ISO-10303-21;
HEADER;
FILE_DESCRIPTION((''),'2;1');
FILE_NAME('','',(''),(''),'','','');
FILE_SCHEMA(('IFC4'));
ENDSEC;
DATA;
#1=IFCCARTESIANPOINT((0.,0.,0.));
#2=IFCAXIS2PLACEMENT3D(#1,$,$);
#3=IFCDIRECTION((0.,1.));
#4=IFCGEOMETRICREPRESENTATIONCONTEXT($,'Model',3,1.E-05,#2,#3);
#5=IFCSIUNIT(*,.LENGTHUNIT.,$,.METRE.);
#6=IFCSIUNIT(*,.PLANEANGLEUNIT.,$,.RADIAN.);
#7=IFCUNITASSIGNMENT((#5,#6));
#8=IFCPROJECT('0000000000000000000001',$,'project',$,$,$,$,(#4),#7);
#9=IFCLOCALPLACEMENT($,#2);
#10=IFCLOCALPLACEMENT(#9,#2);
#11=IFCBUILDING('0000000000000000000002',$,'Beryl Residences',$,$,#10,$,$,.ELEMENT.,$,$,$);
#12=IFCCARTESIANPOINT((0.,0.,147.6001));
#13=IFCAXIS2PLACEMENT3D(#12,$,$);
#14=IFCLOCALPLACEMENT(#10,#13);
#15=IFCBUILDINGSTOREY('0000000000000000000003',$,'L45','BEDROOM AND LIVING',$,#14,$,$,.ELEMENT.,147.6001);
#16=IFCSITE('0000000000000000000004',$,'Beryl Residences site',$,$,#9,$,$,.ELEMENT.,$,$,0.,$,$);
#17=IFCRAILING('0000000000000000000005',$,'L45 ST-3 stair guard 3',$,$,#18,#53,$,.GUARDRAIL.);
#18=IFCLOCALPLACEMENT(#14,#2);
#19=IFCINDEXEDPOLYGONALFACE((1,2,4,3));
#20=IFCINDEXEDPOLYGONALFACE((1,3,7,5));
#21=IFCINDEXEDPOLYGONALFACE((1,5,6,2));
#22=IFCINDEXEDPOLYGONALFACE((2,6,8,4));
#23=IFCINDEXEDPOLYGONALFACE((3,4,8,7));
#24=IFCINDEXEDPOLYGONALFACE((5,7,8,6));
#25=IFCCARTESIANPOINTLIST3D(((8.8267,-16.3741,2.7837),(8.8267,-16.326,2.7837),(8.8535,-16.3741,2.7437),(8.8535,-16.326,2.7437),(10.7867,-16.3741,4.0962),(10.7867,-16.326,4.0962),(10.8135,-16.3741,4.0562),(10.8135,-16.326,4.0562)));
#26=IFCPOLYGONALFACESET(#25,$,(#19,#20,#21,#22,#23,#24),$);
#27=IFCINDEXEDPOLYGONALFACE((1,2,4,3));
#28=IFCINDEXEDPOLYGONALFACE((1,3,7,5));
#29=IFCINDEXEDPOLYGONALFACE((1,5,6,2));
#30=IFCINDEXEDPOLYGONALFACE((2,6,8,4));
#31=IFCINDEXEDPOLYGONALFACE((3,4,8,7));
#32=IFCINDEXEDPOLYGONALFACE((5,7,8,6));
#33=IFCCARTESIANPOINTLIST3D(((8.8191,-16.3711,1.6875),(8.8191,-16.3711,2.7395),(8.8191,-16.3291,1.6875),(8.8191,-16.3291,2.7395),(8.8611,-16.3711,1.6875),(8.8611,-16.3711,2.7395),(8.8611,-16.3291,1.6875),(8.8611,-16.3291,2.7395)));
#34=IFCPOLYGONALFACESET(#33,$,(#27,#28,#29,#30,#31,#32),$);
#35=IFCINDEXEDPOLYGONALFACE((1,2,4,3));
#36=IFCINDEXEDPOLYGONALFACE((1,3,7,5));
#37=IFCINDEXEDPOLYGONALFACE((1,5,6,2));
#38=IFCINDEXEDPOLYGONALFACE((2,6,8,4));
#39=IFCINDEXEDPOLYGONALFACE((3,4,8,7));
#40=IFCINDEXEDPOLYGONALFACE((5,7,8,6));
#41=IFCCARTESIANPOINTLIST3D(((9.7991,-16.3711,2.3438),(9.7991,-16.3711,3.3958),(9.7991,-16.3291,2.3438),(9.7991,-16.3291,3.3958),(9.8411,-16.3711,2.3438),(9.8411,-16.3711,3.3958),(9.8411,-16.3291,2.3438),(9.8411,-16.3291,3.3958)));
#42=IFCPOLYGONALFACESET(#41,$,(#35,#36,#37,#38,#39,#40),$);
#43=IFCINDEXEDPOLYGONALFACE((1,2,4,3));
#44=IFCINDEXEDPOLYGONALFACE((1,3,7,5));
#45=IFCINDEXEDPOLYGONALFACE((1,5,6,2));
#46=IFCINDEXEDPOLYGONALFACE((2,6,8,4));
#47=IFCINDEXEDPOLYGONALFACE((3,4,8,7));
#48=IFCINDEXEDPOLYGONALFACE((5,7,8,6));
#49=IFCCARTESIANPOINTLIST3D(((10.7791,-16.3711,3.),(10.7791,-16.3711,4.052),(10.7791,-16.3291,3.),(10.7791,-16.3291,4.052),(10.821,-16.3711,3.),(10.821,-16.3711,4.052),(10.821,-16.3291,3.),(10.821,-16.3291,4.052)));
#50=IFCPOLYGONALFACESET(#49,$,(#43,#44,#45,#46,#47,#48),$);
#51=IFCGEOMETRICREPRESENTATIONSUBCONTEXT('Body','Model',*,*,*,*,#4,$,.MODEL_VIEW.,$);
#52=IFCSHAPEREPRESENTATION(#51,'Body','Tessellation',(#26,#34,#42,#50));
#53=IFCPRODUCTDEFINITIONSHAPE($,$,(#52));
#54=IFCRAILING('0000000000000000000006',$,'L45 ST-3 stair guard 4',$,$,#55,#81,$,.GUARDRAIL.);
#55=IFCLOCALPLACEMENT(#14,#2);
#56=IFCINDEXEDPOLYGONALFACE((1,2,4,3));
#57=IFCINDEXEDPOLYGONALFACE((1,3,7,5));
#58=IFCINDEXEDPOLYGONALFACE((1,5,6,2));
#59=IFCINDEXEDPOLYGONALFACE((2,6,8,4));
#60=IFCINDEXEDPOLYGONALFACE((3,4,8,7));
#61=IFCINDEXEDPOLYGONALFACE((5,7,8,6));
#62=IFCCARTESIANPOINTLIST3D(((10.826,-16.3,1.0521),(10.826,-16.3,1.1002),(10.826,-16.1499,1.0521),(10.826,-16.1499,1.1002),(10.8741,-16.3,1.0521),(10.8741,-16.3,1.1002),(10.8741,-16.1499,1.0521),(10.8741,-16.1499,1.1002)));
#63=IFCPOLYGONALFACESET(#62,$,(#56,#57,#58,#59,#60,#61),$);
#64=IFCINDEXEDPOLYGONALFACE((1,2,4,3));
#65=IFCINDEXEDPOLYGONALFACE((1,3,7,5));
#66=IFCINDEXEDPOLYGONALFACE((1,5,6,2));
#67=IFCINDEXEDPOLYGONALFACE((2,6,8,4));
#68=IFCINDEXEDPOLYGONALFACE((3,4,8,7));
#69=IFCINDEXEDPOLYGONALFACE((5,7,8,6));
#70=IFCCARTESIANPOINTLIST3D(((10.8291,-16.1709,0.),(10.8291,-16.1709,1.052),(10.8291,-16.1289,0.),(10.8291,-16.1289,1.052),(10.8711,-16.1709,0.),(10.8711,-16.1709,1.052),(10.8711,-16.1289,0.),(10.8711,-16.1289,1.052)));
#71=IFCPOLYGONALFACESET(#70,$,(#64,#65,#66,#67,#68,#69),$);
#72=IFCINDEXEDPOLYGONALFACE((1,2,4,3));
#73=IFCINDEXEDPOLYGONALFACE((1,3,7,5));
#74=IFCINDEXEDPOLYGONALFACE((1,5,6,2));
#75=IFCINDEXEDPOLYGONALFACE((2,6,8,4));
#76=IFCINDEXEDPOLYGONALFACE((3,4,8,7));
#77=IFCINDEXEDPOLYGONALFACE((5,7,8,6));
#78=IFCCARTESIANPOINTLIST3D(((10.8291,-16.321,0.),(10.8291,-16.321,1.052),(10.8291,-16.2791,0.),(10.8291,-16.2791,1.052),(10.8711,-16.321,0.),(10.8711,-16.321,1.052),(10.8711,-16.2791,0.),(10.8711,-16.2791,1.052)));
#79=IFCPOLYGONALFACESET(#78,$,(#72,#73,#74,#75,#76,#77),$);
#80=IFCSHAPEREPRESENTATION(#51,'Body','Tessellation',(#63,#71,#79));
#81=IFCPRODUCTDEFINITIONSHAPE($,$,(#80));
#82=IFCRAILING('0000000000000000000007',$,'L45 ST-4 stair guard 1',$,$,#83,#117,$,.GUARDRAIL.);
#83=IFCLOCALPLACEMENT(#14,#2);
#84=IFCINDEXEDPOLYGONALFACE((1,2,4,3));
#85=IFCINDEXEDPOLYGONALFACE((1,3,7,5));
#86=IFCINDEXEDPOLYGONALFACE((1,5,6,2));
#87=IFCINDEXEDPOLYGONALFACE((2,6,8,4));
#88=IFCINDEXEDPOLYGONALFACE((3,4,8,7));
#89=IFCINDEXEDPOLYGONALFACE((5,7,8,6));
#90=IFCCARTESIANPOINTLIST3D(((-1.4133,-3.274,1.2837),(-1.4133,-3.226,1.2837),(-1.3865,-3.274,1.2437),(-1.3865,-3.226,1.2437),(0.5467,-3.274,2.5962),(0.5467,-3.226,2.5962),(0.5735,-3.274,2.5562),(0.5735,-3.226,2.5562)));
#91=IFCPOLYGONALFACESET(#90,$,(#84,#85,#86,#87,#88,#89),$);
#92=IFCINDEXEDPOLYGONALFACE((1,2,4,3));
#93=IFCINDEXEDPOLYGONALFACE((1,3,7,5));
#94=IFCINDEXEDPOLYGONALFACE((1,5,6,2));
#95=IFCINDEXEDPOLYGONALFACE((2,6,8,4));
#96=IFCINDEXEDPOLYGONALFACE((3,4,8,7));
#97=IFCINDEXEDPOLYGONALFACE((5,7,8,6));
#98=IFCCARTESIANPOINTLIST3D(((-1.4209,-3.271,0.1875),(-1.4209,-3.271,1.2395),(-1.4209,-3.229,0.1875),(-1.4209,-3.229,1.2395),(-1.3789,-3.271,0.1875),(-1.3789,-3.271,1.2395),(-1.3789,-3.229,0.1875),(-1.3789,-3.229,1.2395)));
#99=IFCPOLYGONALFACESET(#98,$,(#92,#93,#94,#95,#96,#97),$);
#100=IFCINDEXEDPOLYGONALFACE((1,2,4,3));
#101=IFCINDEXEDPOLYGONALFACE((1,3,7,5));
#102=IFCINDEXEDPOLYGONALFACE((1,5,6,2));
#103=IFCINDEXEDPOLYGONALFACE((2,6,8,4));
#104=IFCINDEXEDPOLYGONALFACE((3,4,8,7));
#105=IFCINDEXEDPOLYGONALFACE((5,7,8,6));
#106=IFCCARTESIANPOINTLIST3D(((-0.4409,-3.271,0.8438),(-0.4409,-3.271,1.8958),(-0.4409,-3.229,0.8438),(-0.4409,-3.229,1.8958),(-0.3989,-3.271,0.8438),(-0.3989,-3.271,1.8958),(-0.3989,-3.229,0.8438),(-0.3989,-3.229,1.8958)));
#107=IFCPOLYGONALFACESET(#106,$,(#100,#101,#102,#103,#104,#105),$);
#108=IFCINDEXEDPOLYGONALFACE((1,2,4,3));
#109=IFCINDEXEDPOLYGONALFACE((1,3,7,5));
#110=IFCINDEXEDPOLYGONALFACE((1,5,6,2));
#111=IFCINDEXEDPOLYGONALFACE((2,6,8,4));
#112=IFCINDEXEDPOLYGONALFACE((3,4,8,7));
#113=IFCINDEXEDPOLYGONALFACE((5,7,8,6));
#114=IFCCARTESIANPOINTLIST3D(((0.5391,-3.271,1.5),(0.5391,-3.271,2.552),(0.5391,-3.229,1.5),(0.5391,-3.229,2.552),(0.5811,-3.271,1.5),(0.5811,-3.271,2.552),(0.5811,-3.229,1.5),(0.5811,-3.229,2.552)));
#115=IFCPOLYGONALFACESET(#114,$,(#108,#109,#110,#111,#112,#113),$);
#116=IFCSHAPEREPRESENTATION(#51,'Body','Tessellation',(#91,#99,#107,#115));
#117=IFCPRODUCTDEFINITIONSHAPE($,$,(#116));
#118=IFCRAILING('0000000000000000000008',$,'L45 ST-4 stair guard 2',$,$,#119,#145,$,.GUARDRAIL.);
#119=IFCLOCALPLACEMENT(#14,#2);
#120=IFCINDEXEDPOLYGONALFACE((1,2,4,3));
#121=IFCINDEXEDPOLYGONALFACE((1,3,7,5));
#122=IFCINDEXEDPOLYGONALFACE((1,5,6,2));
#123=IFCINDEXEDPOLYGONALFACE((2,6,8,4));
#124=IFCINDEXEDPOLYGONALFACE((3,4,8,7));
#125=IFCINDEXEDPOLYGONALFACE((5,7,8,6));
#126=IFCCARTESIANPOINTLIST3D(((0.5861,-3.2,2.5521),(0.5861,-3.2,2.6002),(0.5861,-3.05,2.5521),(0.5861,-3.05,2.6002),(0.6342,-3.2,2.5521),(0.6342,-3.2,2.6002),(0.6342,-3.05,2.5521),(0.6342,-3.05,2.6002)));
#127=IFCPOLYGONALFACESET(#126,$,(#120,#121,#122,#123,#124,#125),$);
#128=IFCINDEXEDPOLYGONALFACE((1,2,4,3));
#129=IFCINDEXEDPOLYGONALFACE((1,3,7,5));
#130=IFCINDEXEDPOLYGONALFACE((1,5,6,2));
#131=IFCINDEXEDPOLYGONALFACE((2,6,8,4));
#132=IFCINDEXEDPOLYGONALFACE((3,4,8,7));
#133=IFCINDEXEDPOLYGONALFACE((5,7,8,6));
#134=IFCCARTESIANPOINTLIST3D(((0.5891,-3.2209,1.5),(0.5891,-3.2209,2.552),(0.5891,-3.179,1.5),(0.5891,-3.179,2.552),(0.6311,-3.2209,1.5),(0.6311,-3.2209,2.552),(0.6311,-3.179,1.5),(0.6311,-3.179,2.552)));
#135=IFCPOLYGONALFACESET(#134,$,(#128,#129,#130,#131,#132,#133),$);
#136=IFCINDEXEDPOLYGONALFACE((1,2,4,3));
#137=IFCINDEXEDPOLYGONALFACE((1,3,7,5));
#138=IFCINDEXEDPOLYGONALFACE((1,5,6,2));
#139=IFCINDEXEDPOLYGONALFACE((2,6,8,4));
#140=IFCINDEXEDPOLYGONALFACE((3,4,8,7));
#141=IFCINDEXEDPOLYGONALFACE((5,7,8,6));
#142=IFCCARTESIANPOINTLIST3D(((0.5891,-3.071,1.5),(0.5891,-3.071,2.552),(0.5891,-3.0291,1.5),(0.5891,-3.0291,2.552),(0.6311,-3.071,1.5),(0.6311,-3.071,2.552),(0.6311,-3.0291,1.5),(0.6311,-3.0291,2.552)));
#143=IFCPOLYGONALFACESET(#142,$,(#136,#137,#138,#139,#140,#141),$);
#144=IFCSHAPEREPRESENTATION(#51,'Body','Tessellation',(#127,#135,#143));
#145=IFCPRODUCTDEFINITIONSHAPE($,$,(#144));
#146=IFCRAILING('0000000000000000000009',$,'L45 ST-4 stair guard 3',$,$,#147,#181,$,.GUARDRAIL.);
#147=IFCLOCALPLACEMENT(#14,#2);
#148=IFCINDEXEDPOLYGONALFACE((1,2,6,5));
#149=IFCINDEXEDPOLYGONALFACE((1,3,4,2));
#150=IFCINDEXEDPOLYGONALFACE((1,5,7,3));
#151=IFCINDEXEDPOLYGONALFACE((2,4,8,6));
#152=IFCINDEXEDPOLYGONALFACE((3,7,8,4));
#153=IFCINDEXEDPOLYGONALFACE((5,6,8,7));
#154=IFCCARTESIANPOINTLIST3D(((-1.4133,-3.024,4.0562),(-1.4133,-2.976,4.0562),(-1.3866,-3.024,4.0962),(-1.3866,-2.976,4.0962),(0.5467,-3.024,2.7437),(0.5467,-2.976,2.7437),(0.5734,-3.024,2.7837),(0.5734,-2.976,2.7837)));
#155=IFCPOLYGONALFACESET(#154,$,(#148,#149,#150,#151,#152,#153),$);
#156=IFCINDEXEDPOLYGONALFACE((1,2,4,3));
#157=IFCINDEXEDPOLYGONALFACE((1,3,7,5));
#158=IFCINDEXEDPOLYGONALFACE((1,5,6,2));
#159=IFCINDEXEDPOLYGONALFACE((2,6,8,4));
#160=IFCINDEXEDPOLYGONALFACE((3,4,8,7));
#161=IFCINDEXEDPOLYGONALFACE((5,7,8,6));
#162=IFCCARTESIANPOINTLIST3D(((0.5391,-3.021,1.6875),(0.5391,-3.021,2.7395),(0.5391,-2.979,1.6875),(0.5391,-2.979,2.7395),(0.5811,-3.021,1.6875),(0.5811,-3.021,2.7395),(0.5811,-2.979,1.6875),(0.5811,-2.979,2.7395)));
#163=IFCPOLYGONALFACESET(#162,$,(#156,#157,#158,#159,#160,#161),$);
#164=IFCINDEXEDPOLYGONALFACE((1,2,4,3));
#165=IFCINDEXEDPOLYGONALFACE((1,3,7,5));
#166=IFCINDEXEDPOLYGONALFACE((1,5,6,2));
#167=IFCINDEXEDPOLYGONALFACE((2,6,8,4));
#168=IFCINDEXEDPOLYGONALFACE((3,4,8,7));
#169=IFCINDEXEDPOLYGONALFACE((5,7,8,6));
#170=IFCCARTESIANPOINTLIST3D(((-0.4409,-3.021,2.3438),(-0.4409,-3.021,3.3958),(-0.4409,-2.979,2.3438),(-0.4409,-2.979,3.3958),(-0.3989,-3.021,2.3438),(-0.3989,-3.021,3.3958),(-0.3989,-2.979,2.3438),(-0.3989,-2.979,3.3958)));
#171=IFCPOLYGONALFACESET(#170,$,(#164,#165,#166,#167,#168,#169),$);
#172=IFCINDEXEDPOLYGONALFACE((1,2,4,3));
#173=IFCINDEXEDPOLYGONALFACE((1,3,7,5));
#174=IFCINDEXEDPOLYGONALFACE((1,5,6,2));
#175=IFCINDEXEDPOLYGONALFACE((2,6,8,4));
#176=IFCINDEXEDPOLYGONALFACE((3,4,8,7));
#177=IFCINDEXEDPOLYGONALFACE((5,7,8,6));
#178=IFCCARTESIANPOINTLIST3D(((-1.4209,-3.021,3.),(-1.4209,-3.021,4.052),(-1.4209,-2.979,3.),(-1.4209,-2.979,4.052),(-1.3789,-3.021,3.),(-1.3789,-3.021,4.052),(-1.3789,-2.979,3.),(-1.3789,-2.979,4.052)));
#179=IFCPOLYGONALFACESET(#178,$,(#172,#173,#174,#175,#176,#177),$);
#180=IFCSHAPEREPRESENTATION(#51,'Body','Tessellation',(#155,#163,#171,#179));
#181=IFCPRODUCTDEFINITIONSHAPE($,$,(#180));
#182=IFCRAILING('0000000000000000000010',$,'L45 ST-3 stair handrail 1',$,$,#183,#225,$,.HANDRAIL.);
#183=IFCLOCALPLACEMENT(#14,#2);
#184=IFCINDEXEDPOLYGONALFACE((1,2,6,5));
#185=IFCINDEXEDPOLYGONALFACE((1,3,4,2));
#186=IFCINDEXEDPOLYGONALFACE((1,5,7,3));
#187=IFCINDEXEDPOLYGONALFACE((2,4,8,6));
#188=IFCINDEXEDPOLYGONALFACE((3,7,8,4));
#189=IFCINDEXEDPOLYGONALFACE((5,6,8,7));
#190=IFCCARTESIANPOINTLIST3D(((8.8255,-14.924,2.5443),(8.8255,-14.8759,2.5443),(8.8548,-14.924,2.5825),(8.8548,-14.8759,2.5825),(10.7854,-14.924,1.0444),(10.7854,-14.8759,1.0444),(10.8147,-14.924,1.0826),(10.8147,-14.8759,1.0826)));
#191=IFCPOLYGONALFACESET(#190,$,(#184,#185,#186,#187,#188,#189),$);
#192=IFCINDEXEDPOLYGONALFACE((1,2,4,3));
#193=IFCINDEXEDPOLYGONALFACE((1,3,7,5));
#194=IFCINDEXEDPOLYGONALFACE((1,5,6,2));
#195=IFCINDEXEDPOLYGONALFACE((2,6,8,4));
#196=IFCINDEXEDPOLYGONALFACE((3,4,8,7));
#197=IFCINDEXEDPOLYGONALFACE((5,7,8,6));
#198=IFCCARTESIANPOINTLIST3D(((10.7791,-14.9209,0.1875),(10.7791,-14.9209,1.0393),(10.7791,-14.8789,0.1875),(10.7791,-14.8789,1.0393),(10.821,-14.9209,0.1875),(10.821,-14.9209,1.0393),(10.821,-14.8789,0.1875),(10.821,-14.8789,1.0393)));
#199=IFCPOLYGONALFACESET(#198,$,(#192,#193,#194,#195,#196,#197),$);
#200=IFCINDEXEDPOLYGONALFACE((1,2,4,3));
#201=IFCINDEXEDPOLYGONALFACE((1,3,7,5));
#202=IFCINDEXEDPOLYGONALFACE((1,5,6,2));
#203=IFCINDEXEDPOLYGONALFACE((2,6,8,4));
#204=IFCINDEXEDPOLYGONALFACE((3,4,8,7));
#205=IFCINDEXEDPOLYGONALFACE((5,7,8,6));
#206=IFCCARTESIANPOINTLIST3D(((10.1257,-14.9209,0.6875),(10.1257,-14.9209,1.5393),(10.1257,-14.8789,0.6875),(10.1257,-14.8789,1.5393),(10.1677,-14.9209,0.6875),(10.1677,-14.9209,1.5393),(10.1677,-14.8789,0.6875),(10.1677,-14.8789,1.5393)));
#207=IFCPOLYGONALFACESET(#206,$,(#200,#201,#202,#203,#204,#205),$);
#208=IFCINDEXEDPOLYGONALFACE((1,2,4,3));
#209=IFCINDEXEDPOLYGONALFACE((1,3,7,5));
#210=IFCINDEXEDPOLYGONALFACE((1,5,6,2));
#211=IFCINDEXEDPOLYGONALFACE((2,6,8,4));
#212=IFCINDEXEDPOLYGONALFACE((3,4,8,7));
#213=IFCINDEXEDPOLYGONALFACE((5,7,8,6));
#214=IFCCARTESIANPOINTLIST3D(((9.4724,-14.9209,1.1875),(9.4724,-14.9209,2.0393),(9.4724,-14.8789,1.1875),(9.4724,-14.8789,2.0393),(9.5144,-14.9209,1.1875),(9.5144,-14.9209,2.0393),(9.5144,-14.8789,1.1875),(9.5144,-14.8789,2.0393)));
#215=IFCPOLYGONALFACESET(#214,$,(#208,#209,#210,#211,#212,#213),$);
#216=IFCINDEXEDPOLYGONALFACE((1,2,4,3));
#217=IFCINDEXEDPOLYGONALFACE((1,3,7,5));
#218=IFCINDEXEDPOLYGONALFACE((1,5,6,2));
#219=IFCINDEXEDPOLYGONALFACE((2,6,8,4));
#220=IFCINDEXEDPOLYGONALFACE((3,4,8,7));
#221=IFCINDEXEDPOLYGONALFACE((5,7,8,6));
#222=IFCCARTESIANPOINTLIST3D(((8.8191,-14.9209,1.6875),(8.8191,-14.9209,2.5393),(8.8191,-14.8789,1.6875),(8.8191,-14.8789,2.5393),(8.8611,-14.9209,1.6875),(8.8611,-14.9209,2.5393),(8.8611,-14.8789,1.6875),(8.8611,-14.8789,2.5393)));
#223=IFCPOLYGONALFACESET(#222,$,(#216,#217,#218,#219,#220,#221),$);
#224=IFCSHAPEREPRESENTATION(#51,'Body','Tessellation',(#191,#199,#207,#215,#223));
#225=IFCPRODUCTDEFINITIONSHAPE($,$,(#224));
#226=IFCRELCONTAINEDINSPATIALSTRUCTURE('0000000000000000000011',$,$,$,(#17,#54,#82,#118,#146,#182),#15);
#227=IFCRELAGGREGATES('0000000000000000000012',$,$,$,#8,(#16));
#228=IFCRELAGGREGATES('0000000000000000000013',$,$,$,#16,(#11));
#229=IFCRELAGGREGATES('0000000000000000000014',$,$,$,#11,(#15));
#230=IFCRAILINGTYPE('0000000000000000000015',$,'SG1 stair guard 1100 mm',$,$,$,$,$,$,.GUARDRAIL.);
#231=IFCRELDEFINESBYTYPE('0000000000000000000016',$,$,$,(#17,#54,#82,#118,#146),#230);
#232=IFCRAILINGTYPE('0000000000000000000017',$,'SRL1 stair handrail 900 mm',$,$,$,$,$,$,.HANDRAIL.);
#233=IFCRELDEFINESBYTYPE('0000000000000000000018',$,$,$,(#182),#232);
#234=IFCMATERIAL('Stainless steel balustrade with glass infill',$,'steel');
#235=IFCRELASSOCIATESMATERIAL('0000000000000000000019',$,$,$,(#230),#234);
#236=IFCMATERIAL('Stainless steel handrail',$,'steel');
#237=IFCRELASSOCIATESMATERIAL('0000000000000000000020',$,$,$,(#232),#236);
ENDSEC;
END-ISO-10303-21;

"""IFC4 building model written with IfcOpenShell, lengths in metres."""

from ifc_helpers import new_model, si_unit, direction, frame, origin, origin_2d, place, context, subcontext, project, spatial, rectangle, extrude, material, type_object, element, save


model = new_model("IFC4")

# Units and contexts
model_context = context("Model", 3, precision=1e-05, world=origin(), true_north=direction((0.0, 1.0)))
body_context = subcontext(model_context, "Body", "Model", "MODEL_VIEW")
ifc_project = project(units=[si_unit("LENGTHUNIT", "METRE"), si_unit("PLANEANGLEUNIT", "RADIAN")], contexts=[model_context])

# Site, building, storey
site_placement = place(None, origin())
site = spatial("IfcSite", under=ifc_project, at=site_placement, Name="Beryl Residences site", CompositionType="ELEMENT", RefElevation=0.0)
building_placement = place(site_placement, origin())
building = spatial("IfcBuilding", under=site, at=building_placement, Name="Beryl Residences", CompositionType="ELEMENT")
storey_placement = place(building_placement, frame((0.0, 0.0, 147.6001)))
storey = spatial("IfcBuildingStorey", under=building, at=storey_placement, Name="L45", Description="BEDROOM AND LIVING", CompositionType="ELEMENT", Elevation=147.6001)

# Railings
ifc_material_1 = material(Name="Stainless steel balustrade with glass infill", Category="steel")
railing_type_1 = type_object("IfcRailingType", Name="SG1 stair guard 1100 mm", PredefinedType="GUARDRAIL", material=ifc_material_1)
railing_1_placement = place(storey_placement, frame((8.8401, -16.3501, 1.6875)))
element("IfcRailing", 1, at=railing_1_placement, inside=storey, type_object=railing_type_1, Name="L45 ST-3 stair guard 3", PredefinedType="GUARDRAIL", context=body_context, shape_type="SweptSolid", body=[
    extrude(rectangle(XDim=0.0481, YDim=0.0481, at=origin_2d()), frame((0.0, 0.0, 1.0762), z_axis=(0.830902, 0.0, 0.556419), x_axis=(0.0, 1.0, 0.0)), (0.0, 0.0, 1.0), 2.3589),
    extrude(rectangle(XDim=0.042, YDim=0.042, at=origin_2d()), origin(), (0.0, 0.0, 1.0), 1.052),
    extrude(rectangle(XDim=0.042, YDim=0.042, at=origin_2d()), frame((0.98, 0.0, 0.6562)), (0.0, 0.0, 1.0), 1.052),
    extrude(rectangle(XDim=0.042, YDim=0.042, at=origin_2d()), frame((1.96, 0.0, 1.3125)), (0.0, 0.0, 1.0), 1.052),
])
railing_2_placement = place(storey_placement, frame((10.8501, -16.1499, 0.0)))
element("IfcRailing", 2, at=railing_2_placement, inside=storey, type_object=railing_type_1, Name="L45 ST-3 stair guard 4", PredefinedType="GUARDRAIL", context=body_context, shape_type="SweptSolid", body=[
    extrude(rectangle(XDim=0.0481, YDim=0.0481, at=origin_2d()), frame((0.0, 0.0, 1.0762), z_axis=(0.0, -1.0, 0.0), x_axis=(1.0, 0.0, 0.0)), (0.0, 0.0, 1.0), 0.1501),
    extrude(rectangle(XDim=0.042, YDim=0.042, at=origin_2d()), origin(), (0.0, 0.0, 1.0), 1.052),
    extrude(rectangle(XDim=0.042, YDim=0.042, at=origin_2d()), frame((0.0, -0.1501, 0.0)), (0.0, 0.0, 1.0), 1.052),
])
railing_3_placement = place(storey_placement, frame((-1.3999, -3.25, 0.1875)))
element("IfcRailing", 3, at=railing_3_placement, inside=storey, type_object=railing_type_1, Name="L45 ST-4 stair guard 1", PredefinedType="GUARDRAIL", context=body_context, shape_type="SweptSolid", body=[
    extrude(rectangle(XDim=0.0481, YDim=0.0481, at=origin_2d()), frame((0.0, 0.0, 1.0762), z_axis=(0.830902, 0.0, 0.556419), x_axis=(0.0, 1.0, 0.0)), (0.0, 0.0, 1.0), 2.3589),
    extrude(rectangle(XDim=0.042, YDim=0.042, at=origin_2d()), origin(), (0.0, 0.0, 1.0), 1.052),
    extrude(rectangle(XDim=0.042, YDim=0.042, at=origin_2d()), frame((0.98, 0.0, 0.6562)), (0.0, 0.0, 1.0), 1.052),
    extrude(rectangle(XDim=0.042, YDim=0.042, at=origin_2d()), frame((1.96, 0.0, 1.3125)), (0.0, 0.0, 1.0), 1.052),
])
railing_4_placement = place(storey_placement, frame((0.6101, -3.2, 1.5)))
element("IfcRailing", 4, at=railing_4_placement, inside=storey, type_object=railing_type_1, Name="L45 ST-4 stair guard 2", PredefinedType="GUARDRAIL", context=body_context, shape_type="SweptSolid", body=[
    extrude(rectangle(XDim=0.0481, YDim=0.0481, at=origin_2d()), frame((0.0, 0.0, 1.0762), z_axis=(0.0, 1.0, 0.0), x_axis=(-1.0, 0.0, 0.0)), (0.0, 0.0, 1.0), 0.1499),
    extrude(rectangle(XDim=0.042, YDim=0.042, at=origin_2d()), origin(), (0.0, 0.0, 1.0), 1.052),
    extrude(rectangle(XDim=0.042, YDim=0.042, at=origin_2d()), frame((0.0, 0.1499, 0.0)), (0.0, 0.0, 1.0), 1.052),
])
railing_5_placement = place(storey_placement, frame((0.5601, -3.0, 1.6875)))
element("IfcRailing", 5, at=railing_5_placement, inside=storey, type_object=railing_type_1, Name="L45 ST-4 stair guard 3", PredefinedType="GUARDRAIL", context=body_context, shape_type="SweptSolid", body=[
    extrude(rectangle(XDim=0.0481, YDim=0.0481, at=origin_2d()), frame((0.0, 0.0, 1.0762), z_axis=(-0.830902, 0.0, 0.556419), x_axis=(0.0, -1.0, 0.0)), (0.0, 0.0, 1.0), 2.3589),
    extrude(rectangle(XDim=0.042, YDim=0.042, at=origin_2d()), origin(), (0.0, 0.0, 1.0), 1.052),
    extrude(rectangle(XDim=0.042, YDim=0.042, at=origin_2d()), frame((-0.98, 0.0, 0.6562)), (0.0, 0.0, 1.0), 1.052),
    extrude(rectangle(XDim=0.042, YDim=0.042, at=origin_2d()), frame((-1.96, 0.0, 1.3125)), (0.0, 0.0, 1.0), 1.052),
])
ifc_material_2 = material(Name="Stainless steel handrail", Category="steel")
railing_type_2 = type_object("IfcRailingType", Name="SRL1 stair handrail 900 mm", PredefinedType="HANDRAIL", material=ifc_material_2)
railing_6_placement = place(storey_placement, frame((10.8, -14.8999, 0.1875)))
element("IfcRailing", 6, at=railing_6_placement, inside=storey, type_object=railing_type_2, Name="L45 ST-3 stair handrail 1", PredefinedType="HANDRAIL", context=body_context, shape_type="SweptSolid", body=[
    extrude(rectangle(XDim=0.0481, YDim=0.0481, at=origin_2d()), frame((0.0, 0.0, 0.876), z_axis=(-0.794122, 0.0, 0.607758), x_axis=(0.0, -1.0, 0.0)), (0.0, 0.0, 1.0), 2.468),
    extrude(rectangle(XDim=0.042, YDim=0.042, at=origin_2d()), origin(), (0.0, 0.0, 1.0), 0.8518),
    extrude(rectangle(XDim=0.042, YDim=0.042, at=origin_2d()), frame((-0.6533, 0.0, 0.5)), (0.0, 0.0, 1.0), 0.8518),
    extrude(rectangle(XDim=0.042, YDim=0.042, at=origin_2d()), frame((-1.3066, 0.0, 1.0)), (0.0, 0.0, 1.0), 0.8518),
    extrude(rectangle(XDim=0.042, YDim=0.042, at=origin_2d()), frame((-1.96, 0.0, 1.5)), (0.0, 0.0, 1.0), 0.8518),
])

save(model, "model.ifc")
